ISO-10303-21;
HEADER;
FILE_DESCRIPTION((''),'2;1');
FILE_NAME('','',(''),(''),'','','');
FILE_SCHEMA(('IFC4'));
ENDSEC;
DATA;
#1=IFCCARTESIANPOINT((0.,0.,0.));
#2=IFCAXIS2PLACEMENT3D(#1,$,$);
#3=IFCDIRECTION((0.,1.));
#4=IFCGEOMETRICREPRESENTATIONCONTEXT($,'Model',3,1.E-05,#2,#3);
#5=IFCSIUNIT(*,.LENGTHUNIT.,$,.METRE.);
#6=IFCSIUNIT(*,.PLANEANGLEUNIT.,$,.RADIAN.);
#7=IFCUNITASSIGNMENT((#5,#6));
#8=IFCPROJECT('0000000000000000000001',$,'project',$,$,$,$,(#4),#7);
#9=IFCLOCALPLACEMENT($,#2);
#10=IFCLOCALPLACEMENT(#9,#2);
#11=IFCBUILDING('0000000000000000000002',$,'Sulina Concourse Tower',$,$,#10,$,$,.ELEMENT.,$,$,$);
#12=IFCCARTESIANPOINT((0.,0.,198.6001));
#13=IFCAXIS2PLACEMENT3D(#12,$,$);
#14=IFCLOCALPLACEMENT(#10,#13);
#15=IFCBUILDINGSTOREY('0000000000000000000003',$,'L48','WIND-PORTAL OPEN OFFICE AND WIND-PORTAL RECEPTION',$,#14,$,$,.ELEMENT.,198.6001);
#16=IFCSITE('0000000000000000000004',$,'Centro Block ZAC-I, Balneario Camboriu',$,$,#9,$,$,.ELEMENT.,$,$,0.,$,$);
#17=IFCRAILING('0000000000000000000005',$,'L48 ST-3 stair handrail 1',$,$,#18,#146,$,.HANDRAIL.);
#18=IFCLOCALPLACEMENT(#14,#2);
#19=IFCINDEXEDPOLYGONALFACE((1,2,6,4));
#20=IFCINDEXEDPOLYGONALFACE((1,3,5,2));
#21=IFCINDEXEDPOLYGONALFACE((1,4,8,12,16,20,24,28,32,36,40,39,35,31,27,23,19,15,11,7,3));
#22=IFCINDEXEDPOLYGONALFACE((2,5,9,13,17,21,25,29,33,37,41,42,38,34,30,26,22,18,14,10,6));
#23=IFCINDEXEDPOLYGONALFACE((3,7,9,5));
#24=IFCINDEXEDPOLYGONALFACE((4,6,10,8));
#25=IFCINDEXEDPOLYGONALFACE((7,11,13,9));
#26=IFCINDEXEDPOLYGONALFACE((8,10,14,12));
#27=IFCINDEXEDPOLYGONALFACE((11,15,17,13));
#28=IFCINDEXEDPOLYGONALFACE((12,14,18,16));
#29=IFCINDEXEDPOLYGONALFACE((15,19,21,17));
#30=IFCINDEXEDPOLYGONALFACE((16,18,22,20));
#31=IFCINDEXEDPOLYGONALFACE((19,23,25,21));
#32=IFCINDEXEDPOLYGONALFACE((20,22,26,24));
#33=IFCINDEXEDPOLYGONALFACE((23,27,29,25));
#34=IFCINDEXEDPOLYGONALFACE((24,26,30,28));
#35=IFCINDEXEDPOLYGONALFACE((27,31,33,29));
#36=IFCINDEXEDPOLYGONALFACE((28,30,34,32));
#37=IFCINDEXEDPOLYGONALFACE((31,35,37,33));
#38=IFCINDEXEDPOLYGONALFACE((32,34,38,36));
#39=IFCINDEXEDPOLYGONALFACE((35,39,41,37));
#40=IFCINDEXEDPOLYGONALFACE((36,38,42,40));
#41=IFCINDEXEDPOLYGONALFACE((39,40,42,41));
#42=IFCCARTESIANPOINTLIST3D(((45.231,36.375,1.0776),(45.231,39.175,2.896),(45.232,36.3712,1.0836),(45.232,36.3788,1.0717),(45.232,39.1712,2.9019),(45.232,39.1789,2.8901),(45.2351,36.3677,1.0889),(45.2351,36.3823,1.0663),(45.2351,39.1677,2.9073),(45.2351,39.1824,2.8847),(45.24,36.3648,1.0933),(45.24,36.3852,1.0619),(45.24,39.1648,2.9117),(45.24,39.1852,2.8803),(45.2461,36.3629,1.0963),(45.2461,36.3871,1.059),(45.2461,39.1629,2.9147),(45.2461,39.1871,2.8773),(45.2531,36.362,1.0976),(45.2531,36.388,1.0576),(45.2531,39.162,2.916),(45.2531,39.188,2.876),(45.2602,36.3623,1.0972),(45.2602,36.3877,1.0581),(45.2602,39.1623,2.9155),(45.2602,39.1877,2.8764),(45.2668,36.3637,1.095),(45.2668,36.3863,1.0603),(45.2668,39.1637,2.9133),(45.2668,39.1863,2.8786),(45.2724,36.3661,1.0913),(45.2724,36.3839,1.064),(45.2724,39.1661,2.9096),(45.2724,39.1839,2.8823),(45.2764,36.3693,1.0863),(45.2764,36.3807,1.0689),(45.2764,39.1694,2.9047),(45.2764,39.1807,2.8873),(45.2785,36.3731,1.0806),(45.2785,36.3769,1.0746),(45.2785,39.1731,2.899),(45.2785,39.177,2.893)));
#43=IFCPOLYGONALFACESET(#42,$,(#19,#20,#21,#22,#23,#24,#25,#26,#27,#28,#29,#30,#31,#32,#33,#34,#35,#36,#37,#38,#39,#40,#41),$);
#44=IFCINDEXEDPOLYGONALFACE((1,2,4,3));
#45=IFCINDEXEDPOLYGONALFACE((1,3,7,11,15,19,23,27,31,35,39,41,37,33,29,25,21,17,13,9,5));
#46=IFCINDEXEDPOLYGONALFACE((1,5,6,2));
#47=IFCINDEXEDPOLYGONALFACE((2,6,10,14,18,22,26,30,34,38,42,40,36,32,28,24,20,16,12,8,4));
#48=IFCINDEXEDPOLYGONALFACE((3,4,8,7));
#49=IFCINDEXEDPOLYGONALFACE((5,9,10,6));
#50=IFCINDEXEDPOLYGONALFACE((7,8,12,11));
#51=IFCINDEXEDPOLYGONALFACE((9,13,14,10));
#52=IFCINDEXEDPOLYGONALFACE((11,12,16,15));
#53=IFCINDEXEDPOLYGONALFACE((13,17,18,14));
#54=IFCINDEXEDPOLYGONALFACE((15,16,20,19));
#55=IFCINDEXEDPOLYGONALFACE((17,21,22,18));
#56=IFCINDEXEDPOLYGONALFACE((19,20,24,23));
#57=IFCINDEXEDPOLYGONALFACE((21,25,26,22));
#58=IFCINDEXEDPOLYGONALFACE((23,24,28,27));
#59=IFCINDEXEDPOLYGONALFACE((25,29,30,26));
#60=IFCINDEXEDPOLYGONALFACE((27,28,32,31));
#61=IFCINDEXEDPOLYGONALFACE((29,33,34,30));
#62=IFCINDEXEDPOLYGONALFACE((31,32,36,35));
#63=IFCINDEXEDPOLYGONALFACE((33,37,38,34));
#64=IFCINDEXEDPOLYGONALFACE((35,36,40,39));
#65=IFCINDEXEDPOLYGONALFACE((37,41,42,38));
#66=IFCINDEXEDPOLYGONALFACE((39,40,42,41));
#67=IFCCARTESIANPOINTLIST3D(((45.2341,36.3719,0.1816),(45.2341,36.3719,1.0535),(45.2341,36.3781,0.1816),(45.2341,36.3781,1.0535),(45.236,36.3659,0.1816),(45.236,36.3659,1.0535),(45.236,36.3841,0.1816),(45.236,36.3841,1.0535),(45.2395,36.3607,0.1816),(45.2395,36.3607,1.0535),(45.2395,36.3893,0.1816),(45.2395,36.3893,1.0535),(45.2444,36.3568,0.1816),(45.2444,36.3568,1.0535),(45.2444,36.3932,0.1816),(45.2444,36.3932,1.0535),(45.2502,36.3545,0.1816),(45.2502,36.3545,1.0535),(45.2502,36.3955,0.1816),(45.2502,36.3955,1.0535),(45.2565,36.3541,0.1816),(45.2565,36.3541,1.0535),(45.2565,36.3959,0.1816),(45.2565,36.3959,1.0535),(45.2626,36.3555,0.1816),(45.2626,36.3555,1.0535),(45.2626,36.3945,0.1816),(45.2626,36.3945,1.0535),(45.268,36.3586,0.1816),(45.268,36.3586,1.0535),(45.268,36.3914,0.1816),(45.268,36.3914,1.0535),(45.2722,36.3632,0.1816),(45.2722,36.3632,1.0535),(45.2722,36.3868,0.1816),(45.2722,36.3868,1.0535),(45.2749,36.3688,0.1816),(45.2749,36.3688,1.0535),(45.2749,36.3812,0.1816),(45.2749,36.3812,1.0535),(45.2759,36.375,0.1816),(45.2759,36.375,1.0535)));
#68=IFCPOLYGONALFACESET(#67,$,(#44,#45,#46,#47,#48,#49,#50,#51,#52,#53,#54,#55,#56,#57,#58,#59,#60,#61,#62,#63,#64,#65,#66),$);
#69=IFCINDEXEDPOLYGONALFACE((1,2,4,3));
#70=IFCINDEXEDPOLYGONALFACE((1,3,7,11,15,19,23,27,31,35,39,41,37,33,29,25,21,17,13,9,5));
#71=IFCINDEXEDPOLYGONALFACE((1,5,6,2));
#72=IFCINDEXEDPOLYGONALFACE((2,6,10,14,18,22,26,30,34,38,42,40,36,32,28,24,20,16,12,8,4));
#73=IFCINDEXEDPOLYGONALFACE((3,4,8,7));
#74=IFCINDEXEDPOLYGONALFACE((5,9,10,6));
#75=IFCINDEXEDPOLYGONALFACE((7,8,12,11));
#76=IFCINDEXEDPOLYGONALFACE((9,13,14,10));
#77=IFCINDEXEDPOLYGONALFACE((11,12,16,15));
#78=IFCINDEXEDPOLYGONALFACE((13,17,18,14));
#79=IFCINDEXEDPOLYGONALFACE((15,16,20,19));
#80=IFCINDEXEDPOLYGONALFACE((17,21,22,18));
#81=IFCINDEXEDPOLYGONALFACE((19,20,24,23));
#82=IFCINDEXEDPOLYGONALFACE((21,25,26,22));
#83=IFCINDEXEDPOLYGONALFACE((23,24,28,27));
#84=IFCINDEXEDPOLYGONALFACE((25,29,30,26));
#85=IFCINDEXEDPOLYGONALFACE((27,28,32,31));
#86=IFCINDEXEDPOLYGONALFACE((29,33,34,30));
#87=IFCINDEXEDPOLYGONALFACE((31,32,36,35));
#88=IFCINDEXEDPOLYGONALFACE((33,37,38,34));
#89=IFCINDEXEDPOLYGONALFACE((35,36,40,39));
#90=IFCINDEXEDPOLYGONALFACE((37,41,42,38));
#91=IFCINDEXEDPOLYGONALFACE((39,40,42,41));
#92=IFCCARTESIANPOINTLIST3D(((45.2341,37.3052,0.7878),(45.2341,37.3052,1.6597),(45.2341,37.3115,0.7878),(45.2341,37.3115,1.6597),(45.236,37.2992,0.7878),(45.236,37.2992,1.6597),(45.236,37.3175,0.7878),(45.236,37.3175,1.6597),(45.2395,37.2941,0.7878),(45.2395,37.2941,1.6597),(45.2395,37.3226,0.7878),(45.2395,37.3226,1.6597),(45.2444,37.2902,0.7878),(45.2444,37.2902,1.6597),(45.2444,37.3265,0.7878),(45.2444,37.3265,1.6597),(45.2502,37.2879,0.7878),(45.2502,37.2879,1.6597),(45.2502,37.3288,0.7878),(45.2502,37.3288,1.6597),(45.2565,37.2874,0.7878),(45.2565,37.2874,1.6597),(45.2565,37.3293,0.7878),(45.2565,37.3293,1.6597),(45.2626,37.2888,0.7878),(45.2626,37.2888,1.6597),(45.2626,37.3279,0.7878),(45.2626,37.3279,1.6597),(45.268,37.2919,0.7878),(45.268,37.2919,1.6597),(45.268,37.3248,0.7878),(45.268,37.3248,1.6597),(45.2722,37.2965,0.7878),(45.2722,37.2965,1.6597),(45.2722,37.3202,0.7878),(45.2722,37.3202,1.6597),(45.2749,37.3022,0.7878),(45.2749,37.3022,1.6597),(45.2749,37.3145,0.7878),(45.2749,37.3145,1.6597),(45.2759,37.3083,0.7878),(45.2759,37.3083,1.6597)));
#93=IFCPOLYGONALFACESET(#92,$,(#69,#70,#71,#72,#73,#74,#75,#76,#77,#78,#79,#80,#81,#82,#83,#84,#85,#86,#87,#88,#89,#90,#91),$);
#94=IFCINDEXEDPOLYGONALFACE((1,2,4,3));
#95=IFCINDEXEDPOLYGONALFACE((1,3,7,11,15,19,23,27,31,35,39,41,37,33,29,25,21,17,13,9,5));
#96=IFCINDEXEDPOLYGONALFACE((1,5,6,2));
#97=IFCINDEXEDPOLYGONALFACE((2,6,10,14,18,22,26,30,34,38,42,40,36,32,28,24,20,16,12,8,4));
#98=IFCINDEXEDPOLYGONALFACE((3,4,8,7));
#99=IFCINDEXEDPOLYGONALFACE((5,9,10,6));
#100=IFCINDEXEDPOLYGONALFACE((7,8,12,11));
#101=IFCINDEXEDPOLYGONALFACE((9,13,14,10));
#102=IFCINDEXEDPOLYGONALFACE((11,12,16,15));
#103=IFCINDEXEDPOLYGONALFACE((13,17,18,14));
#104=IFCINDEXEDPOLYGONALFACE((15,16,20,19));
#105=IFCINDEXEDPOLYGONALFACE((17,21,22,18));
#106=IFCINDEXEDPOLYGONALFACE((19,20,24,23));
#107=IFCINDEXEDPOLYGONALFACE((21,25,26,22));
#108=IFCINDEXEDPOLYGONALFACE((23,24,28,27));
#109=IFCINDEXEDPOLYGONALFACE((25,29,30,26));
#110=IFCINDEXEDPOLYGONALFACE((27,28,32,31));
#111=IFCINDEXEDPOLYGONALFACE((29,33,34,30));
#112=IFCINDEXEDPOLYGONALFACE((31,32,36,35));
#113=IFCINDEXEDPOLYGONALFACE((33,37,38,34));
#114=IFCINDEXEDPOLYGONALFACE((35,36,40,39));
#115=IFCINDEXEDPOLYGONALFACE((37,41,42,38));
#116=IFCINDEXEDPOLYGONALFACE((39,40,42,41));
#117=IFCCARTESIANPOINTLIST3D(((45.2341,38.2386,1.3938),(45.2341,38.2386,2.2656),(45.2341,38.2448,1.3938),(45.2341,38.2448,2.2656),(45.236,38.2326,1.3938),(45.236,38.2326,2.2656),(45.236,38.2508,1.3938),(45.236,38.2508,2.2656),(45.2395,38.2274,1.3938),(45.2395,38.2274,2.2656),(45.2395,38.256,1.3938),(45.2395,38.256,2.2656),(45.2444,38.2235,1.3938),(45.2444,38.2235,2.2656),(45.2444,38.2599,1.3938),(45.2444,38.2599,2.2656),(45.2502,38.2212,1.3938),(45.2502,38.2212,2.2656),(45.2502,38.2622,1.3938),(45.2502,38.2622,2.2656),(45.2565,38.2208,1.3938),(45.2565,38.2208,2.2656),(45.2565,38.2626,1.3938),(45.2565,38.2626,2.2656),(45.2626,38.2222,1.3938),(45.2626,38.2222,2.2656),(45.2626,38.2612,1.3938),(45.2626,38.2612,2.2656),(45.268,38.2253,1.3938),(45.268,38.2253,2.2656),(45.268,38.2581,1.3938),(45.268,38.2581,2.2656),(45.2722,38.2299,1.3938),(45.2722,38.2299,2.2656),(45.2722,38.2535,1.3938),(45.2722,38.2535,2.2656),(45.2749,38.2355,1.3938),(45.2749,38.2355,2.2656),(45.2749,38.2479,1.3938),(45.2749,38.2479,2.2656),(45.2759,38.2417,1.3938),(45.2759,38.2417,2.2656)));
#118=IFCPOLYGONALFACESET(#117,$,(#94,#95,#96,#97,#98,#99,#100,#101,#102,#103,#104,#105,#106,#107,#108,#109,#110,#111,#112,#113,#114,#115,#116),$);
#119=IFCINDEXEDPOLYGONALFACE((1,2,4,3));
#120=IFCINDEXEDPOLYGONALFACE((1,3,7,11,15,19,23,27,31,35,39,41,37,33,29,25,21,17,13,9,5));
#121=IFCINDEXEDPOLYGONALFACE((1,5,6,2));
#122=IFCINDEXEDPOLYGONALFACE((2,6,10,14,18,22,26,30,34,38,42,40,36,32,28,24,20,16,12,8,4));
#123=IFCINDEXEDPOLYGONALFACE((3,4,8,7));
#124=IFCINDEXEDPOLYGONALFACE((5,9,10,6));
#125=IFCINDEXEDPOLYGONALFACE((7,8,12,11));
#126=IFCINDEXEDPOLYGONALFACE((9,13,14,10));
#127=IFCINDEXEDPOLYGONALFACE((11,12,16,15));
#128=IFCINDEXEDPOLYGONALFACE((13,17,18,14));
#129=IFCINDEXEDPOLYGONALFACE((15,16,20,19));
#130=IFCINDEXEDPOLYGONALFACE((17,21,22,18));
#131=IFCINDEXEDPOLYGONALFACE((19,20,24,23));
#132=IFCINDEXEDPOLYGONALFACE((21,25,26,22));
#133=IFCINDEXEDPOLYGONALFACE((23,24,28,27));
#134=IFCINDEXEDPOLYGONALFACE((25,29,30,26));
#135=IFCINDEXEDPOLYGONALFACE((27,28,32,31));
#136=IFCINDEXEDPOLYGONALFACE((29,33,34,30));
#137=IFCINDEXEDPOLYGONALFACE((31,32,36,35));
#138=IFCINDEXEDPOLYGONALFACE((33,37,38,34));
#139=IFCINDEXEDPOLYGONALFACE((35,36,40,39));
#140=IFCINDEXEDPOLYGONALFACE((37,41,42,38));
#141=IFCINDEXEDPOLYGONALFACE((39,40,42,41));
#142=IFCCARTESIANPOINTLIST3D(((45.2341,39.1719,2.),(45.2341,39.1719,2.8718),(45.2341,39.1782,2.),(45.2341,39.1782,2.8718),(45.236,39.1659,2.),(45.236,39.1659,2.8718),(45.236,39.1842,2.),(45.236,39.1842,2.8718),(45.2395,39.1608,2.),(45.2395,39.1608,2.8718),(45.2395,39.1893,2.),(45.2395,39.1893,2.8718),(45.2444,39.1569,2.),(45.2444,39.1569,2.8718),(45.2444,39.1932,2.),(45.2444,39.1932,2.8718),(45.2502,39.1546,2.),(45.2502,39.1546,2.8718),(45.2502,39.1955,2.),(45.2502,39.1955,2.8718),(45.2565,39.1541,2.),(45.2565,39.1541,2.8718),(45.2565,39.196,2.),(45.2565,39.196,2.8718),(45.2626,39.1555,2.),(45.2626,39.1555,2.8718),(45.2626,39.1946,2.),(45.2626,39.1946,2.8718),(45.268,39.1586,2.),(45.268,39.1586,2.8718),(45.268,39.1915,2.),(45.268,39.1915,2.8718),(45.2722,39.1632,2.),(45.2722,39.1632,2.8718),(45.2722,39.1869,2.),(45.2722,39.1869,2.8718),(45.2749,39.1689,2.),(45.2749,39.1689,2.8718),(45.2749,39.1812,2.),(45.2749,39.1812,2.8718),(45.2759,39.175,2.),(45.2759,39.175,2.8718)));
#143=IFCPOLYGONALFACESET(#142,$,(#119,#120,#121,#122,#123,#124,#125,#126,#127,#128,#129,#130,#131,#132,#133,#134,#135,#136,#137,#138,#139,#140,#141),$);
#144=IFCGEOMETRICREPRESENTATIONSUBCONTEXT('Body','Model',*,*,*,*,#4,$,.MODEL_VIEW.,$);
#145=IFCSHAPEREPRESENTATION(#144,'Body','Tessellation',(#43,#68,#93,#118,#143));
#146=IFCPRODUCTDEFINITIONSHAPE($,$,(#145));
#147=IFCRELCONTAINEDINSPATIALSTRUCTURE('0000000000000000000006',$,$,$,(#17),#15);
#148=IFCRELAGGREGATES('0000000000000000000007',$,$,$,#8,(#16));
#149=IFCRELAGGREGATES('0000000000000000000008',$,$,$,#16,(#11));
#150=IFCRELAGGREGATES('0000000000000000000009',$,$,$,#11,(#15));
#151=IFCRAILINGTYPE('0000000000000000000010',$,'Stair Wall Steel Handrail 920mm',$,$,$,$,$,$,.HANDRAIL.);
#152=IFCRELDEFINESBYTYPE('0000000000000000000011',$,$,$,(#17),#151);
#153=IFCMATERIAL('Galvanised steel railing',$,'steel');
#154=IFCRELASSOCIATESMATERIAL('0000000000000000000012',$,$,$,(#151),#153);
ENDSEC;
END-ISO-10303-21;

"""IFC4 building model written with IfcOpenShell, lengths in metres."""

from ifc_helpers import new_model, si_unit, direction, frame, origin, origin_2d, place, context, subcontext, project, spatial, circle, extrude, material, type_object, element, save


model = new_model("IFC4")

# Units and contexts
model_context = context("Model", 3, precision=1e-05, world=origin(), true_north=direction((0.0, 1.0)))
body_context = subcontext(model_context, "Body", "Model", "MODEL_VIEW")
ifc_project = project(units=[si_unit("LENGTHUNIT", "METRE"), si_unit("PLANEANGLEUNIT", "RADIAN")], contexts=[model_context])

# Site, building, storey
site_placement = place(None, origin())
site = spatial("IfcSite", under=ifc_project, at=site_placement, Name="Centro Block ZAC-I, Balneario Camboriu", CompositionType="ELEMENT", RefElevation=0.0)
building_placement = place(site_placement, origin())
building = spatial("IfcBuilding", under=site, at=building_placement, Name="Sulina Concourse Tower", CompositionType="ELEMENT")
storey_placement = place(building_placement, frame((0.0, 0.0, 198.6001)))
storey = spatial("IfcBuildingStorey", under=building, at=storey_placement, Name="L48", Description="WIND-PORTAL OPEN OFFICE AND WIND-PORTAL RECEPTION", CompositionType="ELEMENT", Elevation=198.6001)

# Railing
ifc_material_1 = material(Name="Galvanised steel railing", Category="steel")
railing_type_1 = type_object("IfcRailingType", Name="Stair Wall Steel Handrail 920mm", PredefinedType="HANDRAIL", material=ifc_material_1)
railing_1_placement = place(storey_placement, frame((45.2549, 36.375, 0.1816)))
element("IfcRailing", 1, at=railing_1_placement, inside=storey, type_object=railing_type_1, Name="L48 ST-3 stair handrail 1", PredefinedType="HANDRAIL", context=body_context, shape_type="SweptSolid", body=[
    extrude(circle(Radius=0.0239, at=origin_2d()), frame((0.0, 0.0, 0.896), z_axis=(0.0, 0.838672, 0.544636), x_axis=(-1.0, 0.0, 0.0)), (0.0, 0.0, 1.0), 3.3386),
    extrude(circle(Radius=0.021, at=origin_2d()), origin(), (0.0, 0.0, 1.0), 0.8718),
    extrude(circle(Radius=0.021, at=origin_2d()), frame((0.0, 0.9333, 0.6062)), (0.0, 0.0, 1.0), 0.8718),
    extrude(circle(Radius=0.021, at=origin_2d()), frame((0.0, 1.8667, 1.2122)), (0.0, 0.0, 1.0), 0.8718),
    extrude(circle(Radius=0.021, at=origin_2d()), frame((0.0, 2.8, 1.8184)), (0.0, 0.0, 1.0), 0.8718),
])

save(model, "model.ifc")
